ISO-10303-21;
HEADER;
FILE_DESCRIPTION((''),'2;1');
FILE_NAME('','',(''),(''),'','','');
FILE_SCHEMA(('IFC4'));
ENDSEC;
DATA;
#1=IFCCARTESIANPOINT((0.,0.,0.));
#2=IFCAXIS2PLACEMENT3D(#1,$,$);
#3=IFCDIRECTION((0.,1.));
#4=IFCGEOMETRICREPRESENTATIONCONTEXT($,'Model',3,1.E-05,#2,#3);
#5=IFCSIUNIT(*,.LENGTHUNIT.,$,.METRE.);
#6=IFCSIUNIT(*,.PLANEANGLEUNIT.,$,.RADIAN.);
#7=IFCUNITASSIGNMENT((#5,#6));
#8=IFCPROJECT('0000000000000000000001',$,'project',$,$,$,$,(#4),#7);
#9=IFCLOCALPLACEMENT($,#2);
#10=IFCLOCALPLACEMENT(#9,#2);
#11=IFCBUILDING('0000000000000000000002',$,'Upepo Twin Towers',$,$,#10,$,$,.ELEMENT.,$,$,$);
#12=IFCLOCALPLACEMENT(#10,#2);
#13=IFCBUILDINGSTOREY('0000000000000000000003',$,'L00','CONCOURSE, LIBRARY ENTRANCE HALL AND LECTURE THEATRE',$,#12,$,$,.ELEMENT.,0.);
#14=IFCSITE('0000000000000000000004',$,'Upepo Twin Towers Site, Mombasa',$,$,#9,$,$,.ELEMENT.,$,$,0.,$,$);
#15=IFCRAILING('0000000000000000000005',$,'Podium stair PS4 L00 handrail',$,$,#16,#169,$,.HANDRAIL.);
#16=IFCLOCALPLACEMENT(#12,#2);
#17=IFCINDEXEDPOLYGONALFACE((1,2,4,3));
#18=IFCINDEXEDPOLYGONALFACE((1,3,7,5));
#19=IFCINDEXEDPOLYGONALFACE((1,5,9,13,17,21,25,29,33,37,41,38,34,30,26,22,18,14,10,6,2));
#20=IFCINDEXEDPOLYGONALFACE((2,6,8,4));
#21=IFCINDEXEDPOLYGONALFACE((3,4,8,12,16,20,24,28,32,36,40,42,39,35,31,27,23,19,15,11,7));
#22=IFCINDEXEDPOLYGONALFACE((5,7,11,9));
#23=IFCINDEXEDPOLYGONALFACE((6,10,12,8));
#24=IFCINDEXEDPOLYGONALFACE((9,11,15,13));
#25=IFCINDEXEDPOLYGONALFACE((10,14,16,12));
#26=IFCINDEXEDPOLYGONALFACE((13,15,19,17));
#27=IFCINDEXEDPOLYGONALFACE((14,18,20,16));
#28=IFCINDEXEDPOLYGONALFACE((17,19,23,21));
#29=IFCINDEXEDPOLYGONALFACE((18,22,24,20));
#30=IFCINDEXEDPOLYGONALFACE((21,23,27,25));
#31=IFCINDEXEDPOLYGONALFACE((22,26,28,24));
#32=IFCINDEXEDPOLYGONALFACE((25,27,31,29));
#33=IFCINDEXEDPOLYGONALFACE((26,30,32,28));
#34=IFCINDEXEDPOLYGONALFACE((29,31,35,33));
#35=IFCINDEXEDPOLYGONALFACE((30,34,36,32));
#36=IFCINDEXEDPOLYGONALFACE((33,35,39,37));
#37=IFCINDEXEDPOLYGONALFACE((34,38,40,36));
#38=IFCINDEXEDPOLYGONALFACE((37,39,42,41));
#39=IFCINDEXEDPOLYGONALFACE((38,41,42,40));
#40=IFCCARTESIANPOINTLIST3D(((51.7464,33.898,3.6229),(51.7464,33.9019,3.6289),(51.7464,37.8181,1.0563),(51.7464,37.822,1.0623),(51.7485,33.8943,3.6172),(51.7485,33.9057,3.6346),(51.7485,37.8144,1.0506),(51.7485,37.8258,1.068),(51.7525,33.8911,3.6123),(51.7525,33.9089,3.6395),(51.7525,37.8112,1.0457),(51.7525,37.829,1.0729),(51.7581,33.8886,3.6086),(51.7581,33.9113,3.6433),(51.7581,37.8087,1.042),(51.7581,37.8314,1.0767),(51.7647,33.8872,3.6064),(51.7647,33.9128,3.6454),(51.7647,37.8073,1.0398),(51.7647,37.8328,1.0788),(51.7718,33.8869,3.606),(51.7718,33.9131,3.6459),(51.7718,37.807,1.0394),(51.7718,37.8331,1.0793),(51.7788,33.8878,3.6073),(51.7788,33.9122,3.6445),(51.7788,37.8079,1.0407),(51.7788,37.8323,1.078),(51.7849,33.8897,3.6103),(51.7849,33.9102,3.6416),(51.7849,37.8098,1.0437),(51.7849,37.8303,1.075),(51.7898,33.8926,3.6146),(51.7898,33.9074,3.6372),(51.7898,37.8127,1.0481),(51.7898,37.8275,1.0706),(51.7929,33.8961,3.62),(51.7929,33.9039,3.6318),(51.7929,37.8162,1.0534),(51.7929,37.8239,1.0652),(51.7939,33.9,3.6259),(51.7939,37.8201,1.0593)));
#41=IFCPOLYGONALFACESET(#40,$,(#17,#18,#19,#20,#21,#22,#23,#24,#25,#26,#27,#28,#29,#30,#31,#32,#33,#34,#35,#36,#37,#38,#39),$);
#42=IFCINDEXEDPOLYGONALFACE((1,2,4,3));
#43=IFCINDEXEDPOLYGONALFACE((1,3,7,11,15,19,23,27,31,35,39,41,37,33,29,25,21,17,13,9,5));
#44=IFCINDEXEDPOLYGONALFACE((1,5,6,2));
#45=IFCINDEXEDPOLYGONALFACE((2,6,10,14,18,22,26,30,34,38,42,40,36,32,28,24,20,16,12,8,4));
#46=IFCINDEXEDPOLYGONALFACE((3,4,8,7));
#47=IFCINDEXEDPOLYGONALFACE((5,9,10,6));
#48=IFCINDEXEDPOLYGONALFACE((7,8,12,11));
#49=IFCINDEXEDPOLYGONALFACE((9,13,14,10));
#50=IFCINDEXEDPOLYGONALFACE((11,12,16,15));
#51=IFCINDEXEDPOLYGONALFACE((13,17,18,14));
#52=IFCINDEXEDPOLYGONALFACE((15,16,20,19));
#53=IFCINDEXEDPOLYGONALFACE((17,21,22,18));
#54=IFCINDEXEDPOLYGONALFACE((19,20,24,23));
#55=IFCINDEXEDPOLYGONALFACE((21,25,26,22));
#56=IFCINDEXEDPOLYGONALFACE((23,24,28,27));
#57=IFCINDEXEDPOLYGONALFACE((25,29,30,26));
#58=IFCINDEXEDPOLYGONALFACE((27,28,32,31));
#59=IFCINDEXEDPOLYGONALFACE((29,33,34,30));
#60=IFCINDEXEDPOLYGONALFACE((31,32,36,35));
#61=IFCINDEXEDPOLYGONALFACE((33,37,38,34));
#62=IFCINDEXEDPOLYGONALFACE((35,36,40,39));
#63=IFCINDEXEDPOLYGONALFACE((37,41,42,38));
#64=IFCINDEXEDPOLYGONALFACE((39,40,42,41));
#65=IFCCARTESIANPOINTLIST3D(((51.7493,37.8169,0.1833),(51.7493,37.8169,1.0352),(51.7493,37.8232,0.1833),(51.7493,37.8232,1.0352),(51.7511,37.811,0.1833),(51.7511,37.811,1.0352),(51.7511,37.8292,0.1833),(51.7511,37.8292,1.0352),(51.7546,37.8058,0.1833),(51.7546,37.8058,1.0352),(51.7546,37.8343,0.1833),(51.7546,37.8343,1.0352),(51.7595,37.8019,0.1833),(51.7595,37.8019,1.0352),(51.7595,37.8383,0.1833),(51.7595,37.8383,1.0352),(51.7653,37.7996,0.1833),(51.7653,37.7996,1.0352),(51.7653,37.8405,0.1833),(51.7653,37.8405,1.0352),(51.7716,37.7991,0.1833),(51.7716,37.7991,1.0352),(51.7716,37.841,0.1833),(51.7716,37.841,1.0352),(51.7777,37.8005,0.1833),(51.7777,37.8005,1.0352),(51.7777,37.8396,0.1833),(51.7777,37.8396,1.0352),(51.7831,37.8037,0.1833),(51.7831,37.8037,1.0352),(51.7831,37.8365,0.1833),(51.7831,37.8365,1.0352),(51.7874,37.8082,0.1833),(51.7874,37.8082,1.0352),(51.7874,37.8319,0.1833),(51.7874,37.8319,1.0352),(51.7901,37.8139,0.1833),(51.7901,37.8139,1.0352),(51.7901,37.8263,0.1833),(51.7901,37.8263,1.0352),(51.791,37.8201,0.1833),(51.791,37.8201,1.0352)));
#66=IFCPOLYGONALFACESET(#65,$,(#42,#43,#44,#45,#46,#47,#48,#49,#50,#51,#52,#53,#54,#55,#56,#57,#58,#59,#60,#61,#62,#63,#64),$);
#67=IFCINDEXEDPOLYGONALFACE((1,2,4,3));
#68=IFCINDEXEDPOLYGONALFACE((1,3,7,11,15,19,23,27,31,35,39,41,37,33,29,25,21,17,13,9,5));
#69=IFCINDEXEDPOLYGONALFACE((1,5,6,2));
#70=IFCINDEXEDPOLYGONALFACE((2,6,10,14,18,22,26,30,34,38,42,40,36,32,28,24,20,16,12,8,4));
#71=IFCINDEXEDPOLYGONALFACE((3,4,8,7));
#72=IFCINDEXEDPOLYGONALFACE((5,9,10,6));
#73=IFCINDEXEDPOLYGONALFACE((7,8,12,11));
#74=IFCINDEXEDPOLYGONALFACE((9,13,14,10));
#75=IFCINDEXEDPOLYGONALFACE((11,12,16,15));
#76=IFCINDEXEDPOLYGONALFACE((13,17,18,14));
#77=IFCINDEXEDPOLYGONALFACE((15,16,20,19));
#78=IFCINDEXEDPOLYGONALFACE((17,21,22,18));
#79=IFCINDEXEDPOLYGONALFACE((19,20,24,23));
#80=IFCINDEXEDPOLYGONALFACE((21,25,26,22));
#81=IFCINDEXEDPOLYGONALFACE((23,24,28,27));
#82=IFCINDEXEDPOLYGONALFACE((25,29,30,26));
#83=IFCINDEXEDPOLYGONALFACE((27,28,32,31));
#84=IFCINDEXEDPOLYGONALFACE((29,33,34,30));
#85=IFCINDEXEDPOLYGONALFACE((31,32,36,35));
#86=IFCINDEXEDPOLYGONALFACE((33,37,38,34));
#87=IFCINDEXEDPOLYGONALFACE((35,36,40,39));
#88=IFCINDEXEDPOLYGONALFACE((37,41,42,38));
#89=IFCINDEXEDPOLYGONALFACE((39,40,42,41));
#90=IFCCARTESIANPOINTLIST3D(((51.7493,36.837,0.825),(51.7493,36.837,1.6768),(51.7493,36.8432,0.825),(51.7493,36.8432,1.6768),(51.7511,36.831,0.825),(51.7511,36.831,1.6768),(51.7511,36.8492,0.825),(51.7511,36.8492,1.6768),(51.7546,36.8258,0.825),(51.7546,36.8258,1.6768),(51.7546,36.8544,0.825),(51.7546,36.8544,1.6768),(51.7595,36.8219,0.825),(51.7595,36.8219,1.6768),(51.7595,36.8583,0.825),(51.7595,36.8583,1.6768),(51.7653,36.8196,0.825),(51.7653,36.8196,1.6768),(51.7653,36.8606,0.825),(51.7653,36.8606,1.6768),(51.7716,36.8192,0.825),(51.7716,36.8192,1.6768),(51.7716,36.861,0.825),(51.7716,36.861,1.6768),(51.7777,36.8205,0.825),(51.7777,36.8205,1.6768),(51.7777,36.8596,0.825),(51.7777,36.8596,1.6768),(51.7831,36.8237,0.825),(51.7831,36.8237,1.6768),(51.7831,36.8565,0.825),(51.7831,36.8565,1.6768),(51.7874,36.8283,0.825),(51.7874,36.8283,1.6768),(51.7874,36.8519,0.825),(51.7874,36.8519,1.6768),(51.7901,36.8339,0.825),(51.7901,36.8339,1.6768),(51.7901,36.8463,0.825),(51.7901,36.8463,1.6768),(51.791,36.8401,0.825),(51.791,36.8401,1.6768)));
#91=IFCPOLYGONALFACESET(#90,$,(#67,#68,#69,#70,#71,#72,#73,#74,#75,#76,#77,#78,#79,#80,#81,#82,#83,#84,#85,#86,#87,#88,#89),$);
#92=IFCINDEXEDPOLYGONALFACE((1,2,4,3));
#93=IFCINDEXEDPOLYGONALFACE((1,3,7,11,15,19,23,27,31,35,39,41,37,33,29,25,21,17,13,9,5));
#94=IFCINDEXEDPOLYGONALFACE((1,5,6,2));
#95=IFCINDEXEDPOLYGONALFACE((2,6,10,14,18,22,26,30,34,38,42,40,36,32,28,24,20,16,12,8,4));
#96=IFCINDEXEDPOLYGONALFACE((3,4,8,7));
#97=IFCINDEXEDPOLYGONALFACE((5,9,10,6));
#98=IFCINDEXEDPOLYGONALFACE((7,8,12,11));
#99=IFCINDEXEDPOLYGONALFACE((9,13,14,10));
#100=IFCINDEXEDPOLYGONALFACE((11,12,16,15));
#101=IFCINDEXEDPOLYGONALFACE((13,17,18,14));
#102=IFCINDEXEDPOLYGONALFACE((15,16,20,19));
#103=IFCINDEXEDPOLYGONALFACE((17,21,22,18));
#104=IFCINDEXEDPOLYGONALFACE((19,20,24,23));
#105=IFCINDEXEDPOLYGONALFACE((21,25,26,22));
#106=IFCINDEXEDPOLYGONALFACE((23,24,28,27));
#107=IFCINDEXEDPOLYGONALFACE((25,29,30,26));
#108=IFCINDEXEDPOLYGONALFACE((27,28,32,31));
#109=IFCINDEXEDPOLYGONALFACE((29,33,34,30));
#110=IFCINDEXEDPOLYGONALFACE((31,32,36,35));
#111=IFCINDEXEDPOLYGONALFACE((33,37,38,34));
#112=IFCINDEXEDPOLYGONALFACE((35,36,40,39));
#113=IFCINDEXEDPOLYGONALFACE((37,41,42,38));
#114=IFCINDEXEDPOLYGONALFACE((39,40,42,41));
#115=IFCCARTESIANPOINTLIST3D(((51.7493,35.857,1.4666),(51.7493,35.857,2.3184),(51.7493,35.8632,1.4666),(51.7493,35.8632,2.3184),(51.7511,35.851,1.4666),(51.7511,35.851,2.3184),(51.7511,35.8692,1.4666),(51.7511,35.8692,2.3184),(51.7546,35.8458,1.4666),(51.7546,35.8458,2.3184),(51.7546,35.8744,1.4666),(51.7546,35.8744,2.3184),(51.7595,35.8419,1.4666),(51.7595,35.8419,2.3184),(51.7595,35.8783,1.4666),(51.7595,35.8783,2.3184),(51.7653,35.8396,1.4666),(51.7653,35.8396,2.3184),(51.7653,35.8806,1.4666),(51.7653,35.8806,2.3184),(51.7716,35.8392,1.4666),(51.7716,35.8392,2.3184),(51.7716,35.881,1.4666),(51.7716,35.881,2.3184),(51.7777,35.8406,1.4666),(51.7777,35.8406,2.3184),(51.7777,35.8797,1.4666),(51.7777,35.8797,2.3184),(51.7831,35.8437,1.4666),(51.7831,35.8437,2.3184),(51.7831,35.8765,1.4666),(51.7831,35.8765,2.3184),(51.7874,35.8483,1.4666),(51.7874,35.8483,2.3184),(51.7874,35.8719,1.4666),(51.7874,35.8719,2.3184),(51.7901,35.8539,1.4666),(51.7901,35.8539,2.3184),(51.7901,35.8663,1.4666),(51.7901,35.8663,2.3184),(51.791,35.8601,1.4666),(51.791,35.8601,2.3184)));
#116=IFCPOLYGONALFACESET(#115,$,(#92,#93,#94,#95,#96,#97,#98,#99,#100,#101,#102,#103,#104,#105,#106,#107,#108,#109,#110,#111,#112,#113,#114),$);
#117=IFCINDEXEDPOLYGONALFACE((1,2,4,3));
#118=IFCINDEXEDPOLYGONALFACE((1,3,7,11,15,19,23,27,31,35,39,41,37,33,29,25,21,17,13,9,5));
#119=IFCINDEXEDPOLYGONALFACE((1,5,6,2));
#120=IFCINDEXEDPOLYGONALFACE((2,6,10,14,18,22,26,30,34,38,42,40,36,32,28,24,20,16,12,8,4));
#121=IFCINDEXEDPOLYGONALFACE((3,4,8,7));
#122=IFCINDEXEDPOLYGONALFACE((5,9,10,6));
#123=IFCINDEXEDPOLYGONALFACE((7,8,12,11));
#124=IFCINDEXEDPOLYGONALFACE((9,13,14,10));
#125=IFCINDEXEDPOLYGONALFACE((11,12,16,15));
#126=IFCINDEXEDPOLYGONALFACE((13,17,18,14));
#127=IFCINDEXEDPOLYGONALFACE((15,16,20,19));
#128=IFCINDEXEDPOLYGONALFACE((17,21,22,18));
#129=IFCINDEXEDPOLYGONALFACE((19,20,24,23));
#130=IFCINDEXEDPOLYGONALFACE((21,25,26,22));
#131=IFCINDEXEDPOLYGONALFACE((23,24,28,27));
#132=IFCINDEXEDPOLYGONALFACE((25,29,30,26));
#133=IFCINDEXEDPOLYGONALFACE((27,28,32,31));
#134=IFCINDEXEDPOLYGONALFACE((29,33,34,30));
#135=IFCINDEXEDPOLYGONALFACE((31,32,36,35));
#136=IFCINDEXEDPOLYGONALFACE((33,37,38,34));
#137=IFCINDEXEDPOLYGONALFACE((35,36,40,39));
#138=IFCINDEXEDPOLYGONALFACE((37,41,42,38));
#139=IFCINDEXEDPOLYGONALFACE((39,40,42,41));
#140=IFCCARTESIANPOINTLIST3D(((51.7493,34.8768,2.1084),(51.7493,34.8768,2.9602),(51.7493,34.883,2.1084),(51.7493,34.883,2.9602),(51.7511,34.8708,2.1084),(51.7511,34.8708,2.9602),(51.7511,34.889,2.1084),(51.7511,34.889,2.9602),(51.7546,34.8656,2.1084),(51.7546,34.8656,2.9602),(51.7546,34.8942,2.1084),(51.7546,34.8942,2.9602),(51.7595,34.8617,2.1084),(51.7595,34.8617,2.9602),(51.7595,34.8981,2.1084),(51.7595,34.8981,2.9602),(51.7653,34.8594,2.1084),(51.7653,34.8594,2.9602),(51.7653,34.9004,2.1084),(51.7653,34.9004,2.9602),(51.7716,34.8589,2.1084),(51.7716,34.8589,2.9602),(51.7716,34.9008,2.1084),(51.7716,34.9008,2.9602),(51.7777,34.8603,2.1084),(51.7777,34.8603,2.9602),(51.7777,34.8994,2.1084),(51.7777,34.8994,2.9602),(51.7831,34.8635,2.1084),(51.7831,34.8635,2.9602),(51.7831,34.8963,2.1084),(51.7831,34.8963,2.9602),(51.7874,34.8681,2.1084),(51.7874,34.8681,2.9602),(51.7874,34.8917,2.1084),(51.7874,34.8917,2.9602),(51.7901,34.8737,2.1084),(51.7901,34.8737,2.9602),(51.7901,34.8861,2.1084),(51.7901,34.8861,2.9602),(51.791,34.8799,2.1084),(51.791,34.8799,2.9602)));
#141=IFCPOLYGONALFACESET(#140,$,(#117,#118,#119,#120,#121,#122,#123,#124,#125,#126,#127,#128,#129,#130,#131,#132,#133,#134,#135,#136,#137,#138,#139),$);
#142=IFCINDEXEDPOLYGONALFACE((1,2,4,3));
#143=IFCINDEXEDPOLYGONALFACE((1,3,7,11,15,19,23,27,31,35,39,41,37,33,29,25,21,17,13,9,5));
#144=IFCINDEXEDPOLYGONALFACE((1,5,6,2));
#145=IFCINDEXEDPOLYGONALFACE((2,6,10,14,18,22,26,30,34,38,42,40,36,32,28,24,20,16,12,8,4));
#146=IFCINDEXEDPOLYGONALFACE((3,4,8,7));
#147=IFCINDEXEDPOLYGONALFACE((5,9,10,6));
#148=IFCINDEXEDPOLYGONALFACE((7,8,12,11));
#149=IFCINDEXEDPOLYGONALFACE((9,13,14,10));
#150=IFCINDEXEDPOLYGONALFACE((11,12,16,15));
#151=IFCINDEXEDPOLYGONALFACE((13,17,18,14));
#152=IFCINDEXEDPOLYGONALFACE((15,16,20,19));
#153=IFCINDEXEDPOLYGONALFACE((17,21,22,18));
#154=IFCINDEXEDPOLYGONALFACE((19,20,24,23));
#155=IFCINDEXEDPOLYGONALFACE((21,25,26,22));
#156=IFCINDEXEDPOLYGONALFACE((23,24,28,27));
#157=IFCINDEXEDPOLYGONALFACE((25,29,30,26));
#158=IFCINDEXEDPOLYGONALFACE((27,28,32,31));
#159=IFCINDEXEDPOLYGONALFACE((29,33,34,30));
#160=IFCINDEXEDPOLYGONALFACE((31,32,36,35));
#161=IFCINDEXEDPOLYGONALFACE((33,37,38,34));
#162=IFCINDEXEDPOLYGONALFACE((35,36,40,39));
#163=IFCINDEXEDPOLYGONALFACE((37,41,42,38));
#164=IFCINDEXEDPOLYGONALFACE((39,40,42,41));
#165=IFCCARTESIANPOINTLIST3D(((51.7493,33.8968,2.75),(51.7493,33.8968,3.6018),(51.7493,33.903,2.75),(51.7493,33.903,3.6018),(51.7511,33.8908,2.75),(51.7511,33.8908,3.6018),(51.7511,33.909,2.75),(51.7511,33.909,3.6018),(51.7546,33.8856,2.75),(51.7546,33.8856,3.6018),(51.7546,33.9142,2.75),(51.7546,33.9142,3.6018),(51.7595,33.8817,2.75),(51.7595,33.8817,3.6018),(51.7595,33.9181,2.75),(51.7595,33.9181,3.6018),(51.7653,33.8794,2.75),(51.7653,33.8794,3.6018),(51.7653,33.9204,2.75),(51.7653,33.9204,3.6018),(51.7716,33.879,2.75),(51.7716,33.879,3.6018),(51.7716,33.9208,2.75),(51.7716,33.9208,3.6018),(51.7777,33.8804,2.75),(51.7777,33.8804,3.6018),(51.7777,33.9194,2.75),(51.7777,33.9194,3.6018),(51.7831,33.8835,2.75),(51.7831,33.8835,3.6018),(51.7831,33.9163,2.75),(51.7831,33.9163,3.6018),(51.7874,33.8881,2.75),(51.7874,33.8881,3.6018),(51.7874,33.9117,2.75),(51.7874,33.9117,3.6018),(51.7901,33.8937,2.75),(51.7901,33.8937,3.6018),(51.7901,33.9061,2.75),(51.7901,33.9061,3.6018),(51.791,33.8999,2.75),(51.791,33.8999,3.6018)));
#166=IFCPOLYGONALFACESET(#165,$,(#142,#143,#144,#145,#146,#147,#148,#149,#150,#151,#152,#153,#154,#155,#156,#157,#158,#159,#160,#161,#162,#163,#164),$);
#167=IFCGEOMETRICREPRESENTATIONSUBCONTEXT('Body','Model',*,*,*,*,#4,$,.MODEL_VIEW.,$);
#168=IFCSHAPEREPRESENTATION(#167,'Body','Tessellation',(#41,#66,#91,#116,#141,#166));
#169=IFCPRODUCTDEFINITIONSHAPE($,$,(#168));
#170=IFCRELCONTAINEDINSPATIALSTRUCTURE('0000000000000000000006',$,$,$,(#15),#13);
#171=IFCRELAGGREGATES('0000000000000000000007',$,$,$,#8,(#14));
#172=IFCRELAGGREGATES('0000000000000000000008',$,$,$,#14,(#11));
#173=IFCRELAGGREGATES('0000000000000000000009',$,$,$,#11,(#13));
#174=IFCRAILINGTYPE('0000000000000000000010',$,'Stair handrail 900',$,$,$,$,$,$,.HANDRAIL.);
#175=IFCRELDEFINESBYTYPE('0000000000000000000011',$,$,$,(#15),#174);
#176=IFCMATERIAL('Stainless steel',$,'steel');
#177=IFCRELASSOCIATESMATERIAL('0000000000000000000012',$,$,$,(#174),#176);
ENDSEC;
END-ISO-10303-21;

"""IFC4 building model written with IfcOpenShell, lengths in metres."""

from ifc_helpers import new_model, si_unit, direction, frame, origin, origin_2d, place, context, subcontext, project, spatial, circle, extrude, material, type_object, element, save


model = new_model("IFC4")

# Units and contexts
model_context = context("Model", 3, precision=1e-05, world=origin(), true_north=direction((0.0, 1.0)))
body_context = subcontext(model_context, "Body", "Model", "MODEL_VIEW")
ifc_project = project(units=[si_unit("LENGTHUNIT", "METRE"), si_unit("PLANEANGLEUNIT", "RADIAN")], contexts=[model_context])

# Site, building, storey
site_placement = place(None, origin())
site = spatial("IfcSite", under=ifc_project, at=site_placement, Name="Upepo Twin Towers Site, Mombasa", CompositionType="ELEMENT", RefElevation=0.0)
building_placement = place(site_placement, origin())
building = spatial("IfcBuilding", under=site, at=building_placement, Name="Upepo Twin Towers", CompositionType="ELEMENT")
storey_placement = place(building_placement, origin())
storey = spatial("IfcBuildingStorey", under=building, at=storey_placement, Name="L00", Description="CONCOURSE, LIBRARY ENTRANCE HALL AND LECTURE THEATRE", CompositionType="ELEMENT", Elevation=0.0)

# Railing
ifc_material_1 = material(Name="Stainless steel", Category="steel")
railing_type = type_object("IfcRailingType", Name="Stair handrail 900", PredefinedType="HANDRAIL", material=ifc_material_1)
railing_placement = place(storey_placement, frame((51.77, 37.8201, 0.1833)))
element("IfcRailing", 1, at=railing_placement, inside=storey, type_object=railing_type, Name="Podium stair PS4 L00 handrail", PredefinedType="HANDRAIL", context=body_context, shape_type="SweptSolid", body=[
    extrude(circle(Radius=0.0239, at=origin_2d()), frame((0.0, 0.0, 0.876), z_axis=(0.0, -0.836631, 0.547767), x_axis=(1.0, 0.0, 0.0)), (0.0, 0.0, 1.0), 4.6855),
    extrude(circle(Radius=0.021, at=origin_2d()), origin(), (0.0, 0.0, 1.0), 0.8518),
    extrude(circle(Radius=0.021, at=origin_2d()), frame((0.0, -0.98, 0.6416)), (0.0, 0.0, 1.0), 0.8518),
    extrude(circle(Radius=0.021, at=origin_2d()), frame((0.0, -1.96, 1.2832)), (0.0, 0.0, 1.0), 0.8518),
    extrude(circle(Radius=0.021, at=origin_2d()), frame((0.0, -2.9402, 1.925)), (0.0, 0.0, 1.0), 0.8518),
    extrude(circle(Radius=0.021, at=origin_2d()), frame((0.0, -3.9202, 2.5667)), (0.0, 0.0, 1.0), 0.8518),
])

save(model, "model.ifc")
